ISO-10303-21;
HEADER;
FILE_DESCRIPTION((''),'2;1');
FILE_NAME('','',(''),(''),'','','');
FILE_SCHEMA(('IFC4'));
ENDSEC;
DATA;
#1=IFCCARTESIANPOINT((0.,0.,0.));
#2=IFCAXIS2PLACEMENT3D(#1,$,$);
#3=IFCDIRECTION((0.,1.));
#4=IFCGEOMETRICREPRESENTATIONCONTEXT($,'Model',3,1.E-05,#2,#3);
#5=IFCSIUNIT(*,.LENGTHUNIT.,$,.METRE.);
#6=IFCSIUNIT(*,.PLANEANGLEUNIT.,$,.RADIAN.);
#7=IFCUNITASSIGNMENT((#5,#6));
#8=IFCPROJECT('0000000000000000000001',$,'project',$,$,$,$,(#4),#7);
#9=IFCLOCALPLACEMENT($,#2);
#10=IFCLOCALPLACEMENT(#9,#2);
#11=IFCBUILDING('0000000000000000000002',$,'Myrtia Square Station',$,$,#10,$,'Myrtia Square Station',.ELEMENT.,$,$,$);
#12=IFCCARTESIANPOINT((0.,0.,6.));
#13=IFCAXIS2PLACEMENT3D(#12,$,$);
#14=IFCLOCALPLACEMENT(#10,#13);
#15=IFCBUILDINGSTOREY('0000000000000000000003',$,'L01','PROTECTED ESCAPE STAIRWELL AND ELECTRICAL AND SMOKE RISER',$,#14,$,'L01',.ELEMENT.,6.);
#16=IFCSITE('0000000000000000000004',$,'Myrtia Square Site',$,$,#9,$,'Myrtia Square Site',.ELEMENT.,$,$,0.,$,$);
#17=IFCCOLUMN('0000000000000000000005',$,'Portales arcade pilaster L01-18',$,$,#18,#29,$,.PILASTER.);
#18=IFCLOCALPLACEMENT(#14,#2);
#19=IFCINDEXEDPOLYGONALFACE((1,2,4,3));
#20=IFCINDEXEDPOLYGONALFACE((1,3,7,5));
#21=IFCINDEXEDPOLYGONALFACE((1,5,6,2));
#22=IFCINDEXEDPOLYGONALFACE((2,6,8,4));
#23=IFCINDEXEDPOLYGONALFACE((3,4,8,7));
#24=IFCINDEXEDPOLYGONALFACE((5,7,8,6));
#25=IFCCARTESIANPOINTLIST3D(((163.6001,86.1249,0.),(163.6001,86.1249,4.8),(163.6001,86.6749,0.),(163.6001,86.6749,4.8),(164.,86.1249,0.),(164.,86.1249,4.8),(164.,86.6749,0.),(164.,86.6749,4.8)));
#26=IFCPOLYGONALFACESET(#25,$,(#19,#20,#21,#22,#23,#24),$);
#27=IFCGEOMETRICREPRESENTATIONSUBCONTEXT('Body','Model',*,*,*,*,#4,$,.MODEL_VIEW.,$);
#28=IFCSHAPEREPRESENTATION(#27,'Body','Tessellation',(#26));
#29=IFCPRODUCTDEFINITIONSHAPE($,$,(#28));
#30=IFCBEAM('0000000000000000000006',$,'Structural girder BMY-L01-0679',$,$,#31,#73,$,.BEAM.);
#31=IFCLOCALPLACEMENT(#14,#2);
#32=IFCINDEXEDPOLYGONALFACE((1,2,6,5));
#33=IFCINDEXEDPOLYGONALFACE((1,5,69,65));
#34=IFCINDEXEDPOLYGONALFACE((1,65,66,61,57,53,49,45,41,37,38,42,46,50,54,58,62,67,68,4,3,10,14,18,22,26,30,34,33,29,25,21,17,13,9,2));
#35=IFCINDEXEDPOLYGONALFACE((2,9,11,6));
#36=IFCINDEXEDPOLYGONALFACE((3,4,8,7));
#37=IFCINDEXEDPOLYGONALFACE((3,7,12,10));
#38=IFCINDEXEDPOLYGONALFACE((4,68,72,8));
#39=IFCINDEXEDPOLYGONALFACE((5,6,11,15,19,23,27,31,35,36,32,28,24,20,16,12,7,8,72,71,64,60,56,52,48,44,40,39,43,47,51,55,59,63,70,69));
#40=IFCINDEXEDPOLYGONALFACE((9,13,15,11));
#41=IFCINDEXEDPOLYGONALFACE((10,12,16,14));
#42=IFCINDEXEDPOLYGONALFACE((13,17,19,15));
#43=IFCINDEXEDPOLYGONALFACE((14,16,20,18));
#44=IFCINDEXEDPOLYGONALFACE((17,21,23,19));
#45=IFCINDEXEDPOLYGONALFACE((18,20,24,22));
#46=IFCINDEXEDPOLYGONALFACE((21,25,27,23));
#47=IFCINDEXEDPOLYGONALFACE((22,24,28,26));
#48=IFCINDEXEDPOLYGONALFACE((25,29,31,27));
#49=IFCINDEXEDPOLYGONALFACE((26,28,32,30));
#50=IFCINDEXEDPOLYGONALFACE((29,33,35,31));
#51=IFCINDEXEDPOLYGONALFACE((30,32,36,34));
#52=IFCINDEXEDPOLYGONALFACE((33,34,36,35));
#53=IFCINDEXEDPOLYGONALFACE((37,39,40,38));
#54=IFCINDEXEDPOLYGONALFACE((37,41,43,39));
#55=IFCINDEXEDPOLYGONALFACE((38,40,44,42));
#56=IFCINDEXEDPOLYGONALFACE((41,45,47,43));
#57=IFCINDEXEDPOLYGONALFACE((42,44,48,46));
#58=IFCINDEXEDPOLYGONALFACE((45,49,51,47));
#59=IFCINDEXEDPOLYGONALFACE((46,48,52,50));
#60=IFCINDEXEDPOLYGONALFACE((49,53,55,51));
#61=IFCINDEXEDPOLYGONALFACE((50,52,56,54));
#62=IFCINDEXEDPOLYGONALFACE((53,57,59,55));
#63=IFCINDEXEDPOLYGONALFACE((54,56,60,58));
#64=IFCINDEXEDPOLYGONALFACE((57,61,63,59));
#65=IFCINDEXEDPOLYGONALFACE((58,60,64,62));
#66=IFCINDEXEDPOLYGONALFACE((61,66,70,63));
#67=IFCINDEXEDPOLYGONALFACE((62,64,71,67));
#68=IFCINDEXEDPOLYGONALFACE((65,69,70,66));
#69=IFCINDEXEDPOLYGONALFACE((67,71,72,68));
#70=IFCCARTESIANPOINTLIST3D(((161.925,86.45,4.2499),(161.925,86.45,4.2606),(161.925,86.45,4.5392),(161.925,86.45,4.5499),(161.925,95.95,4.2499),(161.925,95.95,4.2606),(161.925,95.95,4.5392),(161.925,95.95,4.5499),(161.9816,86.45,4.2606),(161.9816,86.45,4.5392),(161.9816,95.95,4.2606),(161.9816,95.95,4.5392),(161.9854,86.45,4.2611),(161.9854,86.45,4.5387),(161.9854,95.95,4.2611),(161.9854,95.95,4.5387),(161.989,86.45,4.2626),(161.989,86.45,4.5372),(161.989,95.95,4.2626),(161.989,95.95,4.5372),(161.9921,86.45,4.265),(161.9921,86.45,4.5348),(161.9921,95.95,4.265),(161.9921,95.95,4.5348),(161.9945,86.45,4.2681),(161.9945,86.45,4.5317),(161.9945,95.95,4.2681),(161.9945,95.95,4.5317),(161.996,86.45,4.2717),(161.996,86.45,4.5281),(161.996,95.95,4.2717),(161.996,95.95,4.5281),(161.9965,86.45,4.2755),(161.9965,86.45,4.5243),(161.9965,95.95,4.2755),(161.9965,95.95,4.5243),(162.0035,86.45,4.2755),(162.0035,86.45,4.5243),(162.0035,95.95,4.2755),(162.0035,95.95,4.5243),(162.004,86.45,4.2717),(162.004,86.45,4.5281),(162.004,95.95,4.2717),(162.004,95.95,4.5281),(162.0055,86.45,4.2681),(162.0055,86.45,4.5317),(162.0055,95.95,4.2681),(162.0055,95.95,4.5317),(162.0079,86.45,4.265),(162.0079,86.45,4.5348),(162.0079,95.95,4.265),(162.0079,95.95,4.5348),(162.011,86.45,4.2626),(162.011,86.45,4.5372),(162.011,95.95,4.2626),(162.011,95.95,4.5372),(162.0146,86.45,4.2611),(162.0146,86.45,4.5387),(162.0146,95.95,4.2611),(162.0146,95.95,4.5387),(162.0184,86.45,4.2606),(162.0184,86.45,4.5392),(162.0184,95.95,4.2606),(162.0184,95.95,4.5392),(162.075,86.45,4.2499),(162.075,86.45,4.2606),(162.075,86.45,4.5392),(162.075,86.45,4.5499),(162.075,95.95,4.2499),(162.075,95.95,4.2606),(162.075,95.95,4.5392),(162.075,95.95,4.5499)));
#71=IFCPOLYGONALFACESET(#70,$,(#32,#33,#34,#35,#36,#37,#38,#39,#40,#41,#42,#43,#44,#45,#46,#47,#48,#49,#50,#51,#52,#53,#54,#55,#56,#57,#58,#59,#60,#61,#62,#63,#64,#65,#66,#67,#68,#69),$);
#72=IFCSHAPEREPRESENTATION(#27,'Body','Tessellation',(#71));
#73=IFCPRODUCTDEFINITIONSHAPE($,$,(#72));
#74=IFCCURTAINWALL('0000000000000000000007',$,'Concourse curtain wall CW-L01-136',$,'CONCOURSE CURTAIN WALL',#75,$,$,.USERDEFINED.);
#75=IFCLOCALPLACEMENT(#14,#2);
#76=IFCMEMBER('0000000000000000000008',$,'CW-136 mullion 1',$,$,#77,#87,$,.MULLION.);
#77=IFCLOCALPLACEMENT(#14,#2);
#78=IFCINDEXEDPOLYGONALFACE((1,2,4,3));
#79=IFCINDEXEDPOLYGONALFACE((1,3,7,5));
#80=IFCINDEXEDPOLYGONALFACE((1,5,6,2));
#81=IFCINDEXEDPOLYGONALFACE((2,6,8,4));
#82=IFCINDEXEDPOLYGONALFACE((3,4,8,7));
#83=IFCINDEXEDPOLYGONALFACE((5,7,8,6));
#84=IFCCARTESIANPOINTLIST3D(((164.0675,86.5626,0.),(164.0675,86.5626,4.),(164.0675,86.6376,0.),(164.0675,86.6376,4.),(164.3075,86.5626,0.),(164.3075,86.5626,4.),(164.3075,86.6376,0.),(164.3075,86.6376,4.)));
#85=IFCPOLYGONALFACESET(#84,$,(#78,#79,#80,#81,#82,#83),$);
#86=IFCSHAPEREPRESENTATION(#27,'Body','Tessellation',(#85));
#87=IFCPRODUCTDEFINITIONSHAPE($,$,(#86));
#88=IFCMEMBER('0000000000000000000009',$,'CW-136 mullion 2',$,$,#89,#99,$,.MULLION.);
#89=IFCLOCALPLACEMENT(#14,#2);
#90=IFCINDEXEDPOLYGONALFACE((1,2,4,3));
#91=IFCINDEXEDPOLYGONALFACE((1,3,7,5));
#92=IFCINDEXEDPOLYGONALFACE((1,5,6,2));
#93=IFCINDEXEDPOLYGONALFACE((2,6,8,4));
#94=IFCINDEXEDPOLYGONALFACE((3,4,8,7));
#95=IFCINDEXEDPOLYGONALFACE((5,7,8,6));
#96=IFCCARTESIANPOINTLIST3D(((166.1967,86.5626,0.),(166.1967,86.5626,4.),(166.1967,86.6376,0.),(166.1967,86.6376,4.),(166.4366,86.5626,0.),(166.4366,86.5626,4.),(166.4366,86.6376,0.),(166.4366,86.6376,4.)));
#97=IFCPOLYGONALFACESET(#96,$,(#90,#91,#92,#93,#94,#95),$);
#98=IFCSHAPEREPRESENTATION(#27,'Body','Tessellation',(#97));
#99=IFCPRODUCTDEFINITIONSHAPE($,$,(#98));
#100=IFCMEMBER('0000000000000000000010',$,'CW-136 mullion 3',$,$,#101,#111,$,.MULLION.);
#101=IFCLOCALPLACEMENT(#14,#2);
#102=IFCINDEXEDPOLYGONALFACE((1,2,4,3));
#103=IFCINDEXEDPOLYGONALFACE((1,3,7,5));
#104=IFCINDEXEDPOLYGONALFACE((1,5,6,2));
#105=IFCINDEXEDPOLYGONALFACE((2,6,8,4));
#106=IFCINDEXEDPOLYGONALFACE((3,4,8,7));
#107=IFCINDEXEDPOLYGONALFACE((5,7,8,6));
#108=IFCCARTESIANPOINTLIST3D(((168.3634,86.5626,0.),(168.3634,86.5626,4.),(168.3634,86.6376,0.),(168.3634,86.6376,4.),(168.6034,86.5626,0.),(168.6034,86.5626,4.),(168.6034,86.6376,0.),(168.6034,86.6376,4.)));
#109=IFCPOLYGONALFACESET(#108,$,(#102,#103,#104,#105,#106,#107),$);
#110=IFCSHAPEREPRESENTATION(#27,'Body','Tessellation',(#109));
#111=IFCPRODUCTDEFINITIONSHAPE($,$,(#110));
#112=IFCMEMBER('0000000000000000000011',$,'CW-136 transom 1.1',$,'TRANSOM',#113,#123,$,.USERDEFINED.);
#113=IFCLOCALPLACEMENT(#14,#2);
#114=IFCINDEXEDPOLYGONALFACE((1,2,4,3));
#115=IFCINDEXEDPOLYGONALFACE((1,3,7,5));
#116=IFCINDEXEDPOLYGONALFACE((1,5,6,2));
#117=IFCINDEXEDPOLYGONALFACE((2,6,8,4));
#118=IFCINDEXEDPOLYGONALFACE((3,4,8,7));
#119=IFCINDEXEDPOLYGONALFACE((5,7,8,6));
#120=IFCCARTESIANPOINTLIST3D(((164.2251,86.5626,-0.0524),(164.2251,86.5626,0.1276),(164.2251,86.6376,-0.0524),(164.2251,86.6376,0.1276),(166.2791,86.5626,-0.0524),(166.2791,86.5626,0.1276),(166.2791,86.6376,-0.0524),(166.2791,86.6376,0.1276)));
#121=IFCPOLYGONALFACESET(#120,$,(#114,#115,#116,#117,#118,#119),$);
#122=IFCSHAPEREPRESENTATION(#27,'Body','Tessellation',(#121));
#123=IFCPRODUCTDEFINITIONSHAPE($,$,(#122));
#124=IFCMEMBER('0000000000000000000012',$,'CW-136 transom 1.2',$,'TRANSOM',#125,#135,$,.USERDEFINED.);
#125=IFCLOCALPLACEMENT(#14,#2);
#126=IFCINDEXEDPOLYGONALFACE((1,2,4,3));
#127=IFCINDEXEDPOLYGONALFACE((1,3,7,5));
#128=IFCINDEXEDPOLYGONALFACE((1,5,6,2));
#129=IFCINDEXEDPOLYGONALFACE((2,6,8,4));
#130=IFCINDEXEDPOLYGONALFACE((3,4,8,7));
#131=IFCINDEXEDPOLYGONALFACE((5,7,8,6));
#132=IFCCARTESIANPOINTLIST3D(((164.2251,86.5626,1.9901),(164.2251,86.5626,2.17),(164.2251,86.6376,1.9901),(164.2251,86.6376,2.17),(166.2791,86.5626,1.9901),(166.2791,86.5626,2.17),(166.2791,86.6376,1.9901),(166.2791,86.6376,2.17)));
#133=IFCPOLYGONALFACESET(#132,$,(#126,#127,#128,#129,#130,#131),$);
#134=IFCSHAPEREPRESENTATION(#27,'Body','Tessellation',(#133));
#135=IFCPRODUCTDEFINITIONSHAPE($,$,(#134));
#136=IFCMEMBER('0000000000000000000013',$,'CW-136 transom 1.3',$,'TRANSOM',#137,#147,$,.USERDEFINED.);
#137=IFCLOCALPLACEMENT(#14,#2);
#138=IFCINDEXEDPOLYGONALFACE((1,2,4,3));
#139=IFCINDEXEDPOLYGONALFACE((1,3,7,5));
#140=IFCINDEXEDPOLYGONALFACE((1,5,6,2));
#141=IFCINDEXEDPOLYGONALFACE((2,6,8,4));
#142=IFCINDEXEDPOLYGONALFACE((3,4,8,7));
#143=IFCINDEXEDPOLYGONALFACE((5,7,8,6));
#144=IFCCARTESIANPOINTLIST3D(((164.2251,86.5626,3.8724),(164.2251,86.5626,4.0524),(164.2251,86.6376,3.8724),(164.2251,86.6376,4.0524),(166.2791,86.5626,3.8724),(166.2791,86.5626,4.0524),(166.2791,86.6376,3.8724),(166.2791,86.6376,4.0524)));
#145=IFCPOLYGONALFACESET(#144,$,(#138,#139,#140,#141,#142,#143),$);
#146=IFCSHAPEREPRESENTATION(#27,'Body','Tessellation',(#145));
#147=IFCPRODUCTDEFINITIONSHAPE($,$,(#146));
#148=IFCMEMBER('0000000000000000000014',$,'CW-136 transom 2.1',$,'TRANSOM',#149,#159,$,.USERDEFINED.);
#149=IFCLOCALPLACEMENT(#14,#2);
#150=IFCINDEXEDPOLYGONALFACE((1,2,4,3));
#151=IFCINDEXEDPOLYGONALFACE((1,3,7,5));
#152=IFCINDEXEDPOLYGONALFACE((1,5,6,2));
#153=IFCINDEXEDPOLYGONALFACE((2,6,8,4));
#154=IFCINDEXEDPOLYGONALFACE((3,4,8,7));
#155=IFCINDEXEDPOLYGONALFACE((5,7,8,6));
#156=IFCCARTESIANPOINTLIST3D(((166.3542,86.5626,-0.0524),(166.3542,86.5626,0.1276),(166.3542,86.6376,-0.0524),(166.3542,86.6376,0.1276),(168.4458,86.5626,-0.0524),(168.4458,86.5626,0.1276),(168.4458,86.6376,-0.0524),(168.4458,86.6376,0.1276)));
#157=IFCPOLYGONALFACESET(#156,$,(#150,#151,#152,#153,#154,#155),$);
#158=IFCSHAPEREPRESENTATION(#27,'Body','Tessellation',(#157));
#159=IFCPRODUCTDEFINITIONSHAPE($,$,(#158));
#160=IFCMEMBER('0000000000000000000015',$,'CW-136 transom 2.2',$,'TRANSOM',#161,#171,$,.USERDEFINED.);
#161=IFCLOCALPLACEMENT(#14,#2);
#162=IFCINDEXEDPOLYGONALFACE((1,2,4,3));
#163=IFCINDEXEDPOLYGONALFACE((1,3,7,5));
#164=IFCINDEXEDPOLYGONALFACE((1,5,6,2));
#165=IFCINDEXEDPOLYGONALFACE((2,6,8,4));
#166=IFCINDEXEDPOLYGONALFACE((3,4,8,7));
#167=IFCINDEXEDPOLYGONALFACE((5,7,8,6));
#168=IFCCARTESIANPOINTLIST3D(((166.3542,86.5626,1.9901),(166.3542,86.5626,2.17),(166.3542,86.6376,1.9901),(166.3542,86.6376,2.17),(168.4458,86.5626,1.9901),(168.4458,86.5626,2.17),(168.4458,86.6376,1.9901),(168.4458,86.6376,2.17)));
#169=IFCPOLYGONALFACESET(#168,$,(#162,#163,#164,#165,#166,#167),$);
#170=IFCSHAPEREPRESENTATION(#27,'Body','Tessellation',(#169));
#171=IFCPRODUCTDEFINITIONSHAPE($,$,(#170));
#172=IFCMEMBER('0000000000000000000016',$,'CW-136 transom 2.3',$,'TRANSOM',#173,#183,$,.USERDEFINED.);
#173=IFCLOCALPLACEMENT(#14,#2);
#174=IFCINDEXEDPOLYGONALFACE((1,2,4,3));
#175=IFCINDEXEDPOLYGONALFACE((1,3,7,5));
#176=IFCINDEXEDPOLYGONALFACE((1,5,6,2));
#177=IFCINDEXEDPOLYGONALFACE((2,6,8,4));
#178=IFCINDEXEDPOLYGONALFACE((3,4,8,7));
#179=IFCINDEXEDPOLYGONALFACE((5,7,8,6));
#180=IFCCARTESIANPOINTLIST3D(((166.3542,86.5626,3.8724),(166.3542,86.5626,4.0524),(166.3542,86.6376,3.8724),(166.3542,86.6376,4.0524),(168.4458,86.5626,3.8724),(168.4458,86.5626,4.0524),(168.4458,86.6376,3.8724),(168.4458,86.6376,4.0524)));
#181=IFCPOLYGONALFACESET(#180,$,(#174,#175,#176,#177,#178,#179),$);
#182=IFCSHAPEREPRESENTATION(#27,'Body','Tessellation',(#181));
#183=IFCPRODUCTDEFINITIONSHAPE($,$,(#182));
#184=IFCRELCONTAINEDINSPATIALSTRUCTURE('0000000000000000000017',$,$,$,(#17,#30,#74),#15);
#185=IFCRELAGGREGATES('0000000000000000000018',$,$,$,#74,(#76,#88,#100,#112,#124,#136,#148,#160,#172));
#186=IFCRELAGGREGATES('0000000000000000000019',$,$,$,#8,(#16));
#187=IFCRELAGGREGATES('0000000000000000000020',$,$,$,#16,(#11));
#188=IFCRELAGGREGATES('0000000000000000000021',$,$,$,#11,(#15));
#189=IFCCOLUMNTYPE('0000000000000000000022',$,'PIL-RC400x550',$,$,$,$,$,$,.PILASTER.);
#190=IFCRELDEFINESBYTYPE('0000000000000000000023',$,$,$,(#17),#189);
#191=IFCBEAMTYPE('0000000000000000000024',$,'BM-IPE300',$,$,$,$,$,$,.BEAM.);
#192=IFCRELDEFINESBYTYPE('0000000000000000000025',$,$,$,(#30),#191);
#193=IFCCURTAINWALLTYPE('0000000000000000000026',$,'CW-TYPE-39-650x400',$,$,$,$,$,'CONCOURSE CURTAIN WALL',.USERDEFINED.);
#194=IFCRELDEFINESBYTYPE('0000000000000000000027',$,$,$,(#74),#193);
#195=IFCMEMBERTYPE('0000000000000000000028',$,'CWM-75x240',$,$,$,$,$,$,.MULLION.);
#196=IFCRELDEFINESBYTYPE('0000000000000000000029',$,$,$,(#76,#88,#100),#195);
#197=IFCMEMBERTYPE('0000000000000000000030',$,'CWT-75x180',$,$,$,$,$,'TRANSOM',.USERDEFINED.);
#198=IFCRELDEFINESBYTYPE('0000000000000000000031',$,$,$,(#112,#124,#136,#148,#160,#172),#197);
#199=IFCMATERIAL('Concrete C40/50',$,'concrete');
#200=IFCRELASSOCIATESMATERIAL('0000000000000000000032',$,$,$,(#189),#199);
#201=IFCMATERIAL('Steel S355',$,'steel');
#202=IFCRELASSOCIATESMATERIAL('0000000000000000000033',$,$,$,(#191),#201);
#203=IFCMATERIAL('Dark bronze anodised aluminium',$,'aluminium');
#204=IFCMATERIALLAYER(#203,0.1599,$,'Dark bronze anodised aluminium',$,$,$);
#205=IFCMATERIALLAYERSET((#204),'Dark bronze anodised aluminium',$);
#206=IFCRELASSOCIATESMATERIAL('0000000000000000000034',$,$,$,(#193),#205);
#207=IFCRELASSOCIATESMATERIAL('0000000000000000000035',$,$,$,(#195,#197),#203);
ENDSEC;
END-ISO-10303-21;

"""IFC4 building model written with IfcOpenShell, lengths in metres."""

from ifc_helpers import new_model, si_unit, direction, frame, origin, origin_2d, place, context, subcontext, project, spatial, rectangle, i_section, extrude, material, layer, layer_set, material_profile, profile_set, type_object, element, aggregate, save


model = new_model("IFC4")

# Units and contexts
model_context = context("Model", 3, precision=1e-05, world=origin(), true_north=direction((0.0, 1.0)))
body_context = subcontext(model_context, "Body", "Model", "MODEL_VIEW")
ifc_project = project(units=[si_unit("LENGTHUNIT", "METRE"), si_unit("PLANEANGLEUNIT", "RADIAN")], contexts=[model_context])

# Site, building, storey
site_placement = place(None, origin())
site = spatial("IfcSite", under=ifc_project, at=site_placement, Name="Myrtia Square Site", LongName="Myrtia Square Site", CompositionType="ELEMENT", RefElevation=0.0)
building_placement = place(site_placement, origin())
building = spatial("IfcBuilding", under=site, at=building_placement, Name="Myrtia Square Station", LongName="Myrtia Square Station", CompositionType="ELEMENT")
storey_placement = place(building_placement, frame((0.0, 0.0, 6.0)))
storey = spatial("IfcBuildingStorey", under=building, at=storey_placement, Name="L01", Description="PROTECTED ESCAPE STAIRWELL AND ELECTRICAL AND SMOKE RISER", LongName="L01", CompositionType="ELEMENT", Elevation=6.0)

# Column
ifc_material_1 = material(Name="Concrete C40/50", Category="concrete")
ifc_material_profile_1 = material_profile(ifc_material_1, rectangle(XDim=0.3999, YDim=0.55, at=origin_2d()), Name="PIL 400x550")
ifc_profile_set_1 = profile_set([ifc_material_profile_1], Name="Concrete C40/50")
column_type = type_object("IfcColumnType", Name="PIL-RC400x550", PredefinedType="PILASTER", material=ifc_profile_set_1)
column_placement = place(storey_placement, frame((163.8, 86.3999, 0.0), z_axis=(0.0, 0.0, 1.0), x_axis=(1.0, 0.0, 0.0)))
element("IfcColumn", 1, at=column_placement, inside=storey, type_object=column_type, Name="Portales arcade pilaster L01-18", PredefinedType="PILASTER", context=body_context, shape_type="SweptSolid", body=[
    extrude(rectangle(XDim=0.3999, YDim=0.55, at=origin_2d()), origin(), (0.0, 0.0, 1.0), 4.8),
])

# Beam
ifc_material_2 = material(Name="Steel S355", Category="steel")
ifc_material_profile_2 = material_profile(ifc_material_2, i_section(OverallWidth=0.1499, OverallDepth=0.3, WebThickness=0.0071, FlangeThickness=0.0107, FilletRadius=0.0149, at=origin_2d()), Name="IPE 300")
ifc_profile_set_2 = profile_set([ifc_material_profile_2], Name="Steel S355")
beam_type_1 = type_object("IfcBeamType", Name="BM-IPE300", PredefinedType="BEAM", material=ifc_profile_set_2)
beam_1_placement = place(storey_placement, frame((162.0, 86.45, 4.3999), z_axis=(0.0, 1.0, 0.0), x_axis=(-1.0, 0.0, 0.0)))
element("IfcBeam", 2, at=beam_1_placement, inside=storey, type_object=beam_type_1, Name="Structural girder BMY-L01-0679", PredefinedType="BEAM", context=body_context, shape_type="SweptSolid", body=[
    extrude(i_section(OverallWidth=0.1499, OverallDepth=0.3, WebThickness=0.0071, FlangeThickness=0.0107, FilletRadius=0.0149, at=origin_2d()), origin(), (0.0, 0.0, 1.0), 9.5),
])

# Curtain wall, members
ifc_material_3 = material(Name="Dark bronze anodised aluminium", Category="aluminium")
ifc_layer_1 = layer(ifc_material_3, 0.1599, Name="Dark bronze anodised aluminium")
ifc_layer_set_1 = layer_set([ifc_layer_1], Name="Dark bronze anodised aluminium")
curtain_wall_type = type_object("IfcCurtainWallType", Name="CW-TYPE-39-650x400", ElementType="CONCOURSE CURTAIN WALL", PredefinedType="USERDEFINED", material=ifc_layer_set_1)
curtain_wall_placement = place(storey_placement, origin())
curtain_wall = element("IfcCurtainWall", 3, at=curtain_wall_placement, inside=storey, type_object=curtain_wall_type, Name="Concourse curtain wall CW-L01-136", ObjectType="CONCOURSE CURTAIN WALL", PredefinedType="USERDEFINED")
ifc_material_profile_3 = material_profile(ifc_material_3, rectangle(XDim=0.075, YDim=0.24, at=origin_2d()), Name="ALU-M 75x240")
ifc_profile_set_3 = profile_set([ifc_material_profile_3], Name="Dark bronze anodised aluminium")
member_type_1 = type_object("IfcMemberType", Name="CWM-75x240", PredefinedType="MULLION", material=ifc_profile_set_3)
member_1_placement = place(storey_placement, frame((164.1875, 86.6001, 0.0), z_axis=(0.0, 0.0, 1.0), x_axis=(0.0, 1.0, 0.0)))
member_1 = element("IfcMember", 4, at=member_1_placement, type_object=member_type_1, Name="CW-136 mullion 1", PredefinedType="MULLION", context=body_context, shape_type="SweptSolid", body=[
    extrude(rectangle(XDim=0.075, YDim=0.24, at=origin_2d()), origin(), (0.0, 0.0, 1.0), 4.0),
])
member_2_placement = place(storey_placement, frame((166.3167, 86.6001, 0.0), z_axis=(0.0, 0.0, 1.0), x_axis=(0.0, 1.0, 0.0)))
member_2 = element("IfcMember", 5, at=member_2_placement, type_object=member_type_1, Name="CW-136 mullion 2", PredefinedType="MULLION", context=body_context, shape_type="SweptSolid", body=[
    extrude(rectangle(XDim=0.075, YDim=0.24, at=origin_2d()), origin(), (0.0, 0.0, 1.0), 4.0),
])
member_3_placement = place(storey_placement, frame((168.4834, 86.6001, 0.0), z_axis=(0.0, 0.0, 1.0), x_axis=(0.0, 1.0, 0.0)))
member_3 = element("IfcMember", 6, at=member_3_placement, type_object=member_type_1, Name="CW-136 mullion 3", PredefinedType="MULLION", context=body_context, shape_type="SweptSolid", body=[
    extrude(rectangle(XDim=0.075, YDim=0.24, at=origin_2d()), origin(), (0.0, 0.0, 1.0), 4.0),
])
ifc_material_profile_4 = material_profile(ifc_material_3, rectangle(XDim=0.075, YDim=0.1799, at=origin_2d()), Name="ALU-T 75x180")
ifc_profile_set_4 = profile_set([ifc_material_profile_4], Name="Dark bronze anodised aluminium")
member_type_2 = type_object("IfcMemberType", Name="CWT-75x180", ElementType="TRANSOM", PredefinedType="USERDEFINED", material=ifc_profile_set_4)
member_4_placement = place(storey_placement, frame((164.2251, 86.6001, 0.0376), z_axis=(1.0, 0.0, 0.0), x_axis=(0.0, 1.0, 0.0)))
member_4 = element("IfcMember", 7, at=member_4_placement, type_object=member_type_2, Name="CW-136 transom 1.1", ObjectType="TRANSOM", PredefinedType="USERDEFINED", context=body_context, shape_type="SweptSolid", body=[
    extrude(rectangle(XDim=0.075, YDim=0.1799, at=origin_2d()), origin(), (0.0, 0.0, 1.0), 2.054),
])
member_5_placement = place(storey_placement, frame((164.2251, 86.6001, 2.0801), z_axis=(1.0, 0.0, 0.0), x_axis=(0.0, 1.0, 0.0)))
member_5 = element("IfcMember", 8, at=member_5_placement, type_object=member_type_2, Name="CW-136 transom 1.2", ObjectType="TRANSOM", PredefinedType="USERDEFINED", context=body_context, shape_type="SweptSolid", body=[
    extrude(rectangle(XDim=0.075, YDim=0.1799, at=origin_2d()), origin(), (0.0, 0.0, 1.0), 2.054),
])
member_6_placement = place(storey_placement, frame((164.2251, 86.6001, 3.9624), z_axis=(1.0, 0.0, 0.0), x_axis=(0.0, 1.0, 0.0)))
member_6 = element("IfcMember", 9, at=member_6_placement, type_object=member_type_2, Name="CW-136 transom 1.3", ObjectType="TRANSOM", PredefinedType="USERDEFINED", context=body_context, shape_type="SweptSolid", body=[
    extrude(rectangle(XDim=0.075, YDim=0.1799, at=origin_2d()), origin(), (0.0, 0.0, 1.0), 2.054),
])
member_7_placement = place(storey_placement, frame((166.3542, 86.6001, 0.0376), z_axis=(1.0, 0.0, 0.0), x_axis=(0.0, 1.0, 0.0)))
member_7 = element("IfcMember", 10, at=member_7_placement, type_object=member_type_2, Name="CW-136 transom 2.1", ObjectType="TRANSOM", PredefinedType="USERDEFINED", context=body_context, shape_type="SweptSolid", body=[
    extrude(rectangle(XDim=0.075, YDim=0.1799, at=origin_2d()), origin(), (0.0, 0.0, 1.0), 2.0916),
])
member_8_placement = place(storey_placement, frame((166.3542, 86.6001, 2.0801), z_axis=(1.0, 0.0, 0.0), x_axis=(0.0, 1.0, 0.0)))
member_8 = element("IfcMember", 11, at=member_8_placement, type_object=member_type_2, Name="CW-136 transom 2.2", ObjectType="TRANSOM", PredefinedType="USERDEFINED", context=body_context, shape_type="SweptSolid", body=[
    extrude(rectangle(XDim=0.075, YDim=0.1799, at=origin_2d()), origin(), (0.0, 0.0, 1.0), 2.0916),
])
member_9_placement = place(storey_placement, frame((166.3542, 86.6001, 3.9624), z_axis=(1.0, 0.0, 0.0), x_axis=(0.0, 1.0, 0.0)))
member_9 = element("IfcMember", 12, at=member_9_placement, type_object=member_type_2, Name="CW-136 transom 2.3", ObjectType="TRANSOM", PredefinedType="USERDEFINED", context=body_context, shape_type="SweptSolid", body=[
    extrude(rectangle(XDim=0.075, YDim=0.1799, at=origin_2d()), origin(), (0.0, 0.0, 1.0), 2.0916),
])

aggregate(curtain_wall, [member_1, member_2, member_3, member_4, member_5, member_6, member_7, member_8, member_9])

save(model, "model.ifc")
